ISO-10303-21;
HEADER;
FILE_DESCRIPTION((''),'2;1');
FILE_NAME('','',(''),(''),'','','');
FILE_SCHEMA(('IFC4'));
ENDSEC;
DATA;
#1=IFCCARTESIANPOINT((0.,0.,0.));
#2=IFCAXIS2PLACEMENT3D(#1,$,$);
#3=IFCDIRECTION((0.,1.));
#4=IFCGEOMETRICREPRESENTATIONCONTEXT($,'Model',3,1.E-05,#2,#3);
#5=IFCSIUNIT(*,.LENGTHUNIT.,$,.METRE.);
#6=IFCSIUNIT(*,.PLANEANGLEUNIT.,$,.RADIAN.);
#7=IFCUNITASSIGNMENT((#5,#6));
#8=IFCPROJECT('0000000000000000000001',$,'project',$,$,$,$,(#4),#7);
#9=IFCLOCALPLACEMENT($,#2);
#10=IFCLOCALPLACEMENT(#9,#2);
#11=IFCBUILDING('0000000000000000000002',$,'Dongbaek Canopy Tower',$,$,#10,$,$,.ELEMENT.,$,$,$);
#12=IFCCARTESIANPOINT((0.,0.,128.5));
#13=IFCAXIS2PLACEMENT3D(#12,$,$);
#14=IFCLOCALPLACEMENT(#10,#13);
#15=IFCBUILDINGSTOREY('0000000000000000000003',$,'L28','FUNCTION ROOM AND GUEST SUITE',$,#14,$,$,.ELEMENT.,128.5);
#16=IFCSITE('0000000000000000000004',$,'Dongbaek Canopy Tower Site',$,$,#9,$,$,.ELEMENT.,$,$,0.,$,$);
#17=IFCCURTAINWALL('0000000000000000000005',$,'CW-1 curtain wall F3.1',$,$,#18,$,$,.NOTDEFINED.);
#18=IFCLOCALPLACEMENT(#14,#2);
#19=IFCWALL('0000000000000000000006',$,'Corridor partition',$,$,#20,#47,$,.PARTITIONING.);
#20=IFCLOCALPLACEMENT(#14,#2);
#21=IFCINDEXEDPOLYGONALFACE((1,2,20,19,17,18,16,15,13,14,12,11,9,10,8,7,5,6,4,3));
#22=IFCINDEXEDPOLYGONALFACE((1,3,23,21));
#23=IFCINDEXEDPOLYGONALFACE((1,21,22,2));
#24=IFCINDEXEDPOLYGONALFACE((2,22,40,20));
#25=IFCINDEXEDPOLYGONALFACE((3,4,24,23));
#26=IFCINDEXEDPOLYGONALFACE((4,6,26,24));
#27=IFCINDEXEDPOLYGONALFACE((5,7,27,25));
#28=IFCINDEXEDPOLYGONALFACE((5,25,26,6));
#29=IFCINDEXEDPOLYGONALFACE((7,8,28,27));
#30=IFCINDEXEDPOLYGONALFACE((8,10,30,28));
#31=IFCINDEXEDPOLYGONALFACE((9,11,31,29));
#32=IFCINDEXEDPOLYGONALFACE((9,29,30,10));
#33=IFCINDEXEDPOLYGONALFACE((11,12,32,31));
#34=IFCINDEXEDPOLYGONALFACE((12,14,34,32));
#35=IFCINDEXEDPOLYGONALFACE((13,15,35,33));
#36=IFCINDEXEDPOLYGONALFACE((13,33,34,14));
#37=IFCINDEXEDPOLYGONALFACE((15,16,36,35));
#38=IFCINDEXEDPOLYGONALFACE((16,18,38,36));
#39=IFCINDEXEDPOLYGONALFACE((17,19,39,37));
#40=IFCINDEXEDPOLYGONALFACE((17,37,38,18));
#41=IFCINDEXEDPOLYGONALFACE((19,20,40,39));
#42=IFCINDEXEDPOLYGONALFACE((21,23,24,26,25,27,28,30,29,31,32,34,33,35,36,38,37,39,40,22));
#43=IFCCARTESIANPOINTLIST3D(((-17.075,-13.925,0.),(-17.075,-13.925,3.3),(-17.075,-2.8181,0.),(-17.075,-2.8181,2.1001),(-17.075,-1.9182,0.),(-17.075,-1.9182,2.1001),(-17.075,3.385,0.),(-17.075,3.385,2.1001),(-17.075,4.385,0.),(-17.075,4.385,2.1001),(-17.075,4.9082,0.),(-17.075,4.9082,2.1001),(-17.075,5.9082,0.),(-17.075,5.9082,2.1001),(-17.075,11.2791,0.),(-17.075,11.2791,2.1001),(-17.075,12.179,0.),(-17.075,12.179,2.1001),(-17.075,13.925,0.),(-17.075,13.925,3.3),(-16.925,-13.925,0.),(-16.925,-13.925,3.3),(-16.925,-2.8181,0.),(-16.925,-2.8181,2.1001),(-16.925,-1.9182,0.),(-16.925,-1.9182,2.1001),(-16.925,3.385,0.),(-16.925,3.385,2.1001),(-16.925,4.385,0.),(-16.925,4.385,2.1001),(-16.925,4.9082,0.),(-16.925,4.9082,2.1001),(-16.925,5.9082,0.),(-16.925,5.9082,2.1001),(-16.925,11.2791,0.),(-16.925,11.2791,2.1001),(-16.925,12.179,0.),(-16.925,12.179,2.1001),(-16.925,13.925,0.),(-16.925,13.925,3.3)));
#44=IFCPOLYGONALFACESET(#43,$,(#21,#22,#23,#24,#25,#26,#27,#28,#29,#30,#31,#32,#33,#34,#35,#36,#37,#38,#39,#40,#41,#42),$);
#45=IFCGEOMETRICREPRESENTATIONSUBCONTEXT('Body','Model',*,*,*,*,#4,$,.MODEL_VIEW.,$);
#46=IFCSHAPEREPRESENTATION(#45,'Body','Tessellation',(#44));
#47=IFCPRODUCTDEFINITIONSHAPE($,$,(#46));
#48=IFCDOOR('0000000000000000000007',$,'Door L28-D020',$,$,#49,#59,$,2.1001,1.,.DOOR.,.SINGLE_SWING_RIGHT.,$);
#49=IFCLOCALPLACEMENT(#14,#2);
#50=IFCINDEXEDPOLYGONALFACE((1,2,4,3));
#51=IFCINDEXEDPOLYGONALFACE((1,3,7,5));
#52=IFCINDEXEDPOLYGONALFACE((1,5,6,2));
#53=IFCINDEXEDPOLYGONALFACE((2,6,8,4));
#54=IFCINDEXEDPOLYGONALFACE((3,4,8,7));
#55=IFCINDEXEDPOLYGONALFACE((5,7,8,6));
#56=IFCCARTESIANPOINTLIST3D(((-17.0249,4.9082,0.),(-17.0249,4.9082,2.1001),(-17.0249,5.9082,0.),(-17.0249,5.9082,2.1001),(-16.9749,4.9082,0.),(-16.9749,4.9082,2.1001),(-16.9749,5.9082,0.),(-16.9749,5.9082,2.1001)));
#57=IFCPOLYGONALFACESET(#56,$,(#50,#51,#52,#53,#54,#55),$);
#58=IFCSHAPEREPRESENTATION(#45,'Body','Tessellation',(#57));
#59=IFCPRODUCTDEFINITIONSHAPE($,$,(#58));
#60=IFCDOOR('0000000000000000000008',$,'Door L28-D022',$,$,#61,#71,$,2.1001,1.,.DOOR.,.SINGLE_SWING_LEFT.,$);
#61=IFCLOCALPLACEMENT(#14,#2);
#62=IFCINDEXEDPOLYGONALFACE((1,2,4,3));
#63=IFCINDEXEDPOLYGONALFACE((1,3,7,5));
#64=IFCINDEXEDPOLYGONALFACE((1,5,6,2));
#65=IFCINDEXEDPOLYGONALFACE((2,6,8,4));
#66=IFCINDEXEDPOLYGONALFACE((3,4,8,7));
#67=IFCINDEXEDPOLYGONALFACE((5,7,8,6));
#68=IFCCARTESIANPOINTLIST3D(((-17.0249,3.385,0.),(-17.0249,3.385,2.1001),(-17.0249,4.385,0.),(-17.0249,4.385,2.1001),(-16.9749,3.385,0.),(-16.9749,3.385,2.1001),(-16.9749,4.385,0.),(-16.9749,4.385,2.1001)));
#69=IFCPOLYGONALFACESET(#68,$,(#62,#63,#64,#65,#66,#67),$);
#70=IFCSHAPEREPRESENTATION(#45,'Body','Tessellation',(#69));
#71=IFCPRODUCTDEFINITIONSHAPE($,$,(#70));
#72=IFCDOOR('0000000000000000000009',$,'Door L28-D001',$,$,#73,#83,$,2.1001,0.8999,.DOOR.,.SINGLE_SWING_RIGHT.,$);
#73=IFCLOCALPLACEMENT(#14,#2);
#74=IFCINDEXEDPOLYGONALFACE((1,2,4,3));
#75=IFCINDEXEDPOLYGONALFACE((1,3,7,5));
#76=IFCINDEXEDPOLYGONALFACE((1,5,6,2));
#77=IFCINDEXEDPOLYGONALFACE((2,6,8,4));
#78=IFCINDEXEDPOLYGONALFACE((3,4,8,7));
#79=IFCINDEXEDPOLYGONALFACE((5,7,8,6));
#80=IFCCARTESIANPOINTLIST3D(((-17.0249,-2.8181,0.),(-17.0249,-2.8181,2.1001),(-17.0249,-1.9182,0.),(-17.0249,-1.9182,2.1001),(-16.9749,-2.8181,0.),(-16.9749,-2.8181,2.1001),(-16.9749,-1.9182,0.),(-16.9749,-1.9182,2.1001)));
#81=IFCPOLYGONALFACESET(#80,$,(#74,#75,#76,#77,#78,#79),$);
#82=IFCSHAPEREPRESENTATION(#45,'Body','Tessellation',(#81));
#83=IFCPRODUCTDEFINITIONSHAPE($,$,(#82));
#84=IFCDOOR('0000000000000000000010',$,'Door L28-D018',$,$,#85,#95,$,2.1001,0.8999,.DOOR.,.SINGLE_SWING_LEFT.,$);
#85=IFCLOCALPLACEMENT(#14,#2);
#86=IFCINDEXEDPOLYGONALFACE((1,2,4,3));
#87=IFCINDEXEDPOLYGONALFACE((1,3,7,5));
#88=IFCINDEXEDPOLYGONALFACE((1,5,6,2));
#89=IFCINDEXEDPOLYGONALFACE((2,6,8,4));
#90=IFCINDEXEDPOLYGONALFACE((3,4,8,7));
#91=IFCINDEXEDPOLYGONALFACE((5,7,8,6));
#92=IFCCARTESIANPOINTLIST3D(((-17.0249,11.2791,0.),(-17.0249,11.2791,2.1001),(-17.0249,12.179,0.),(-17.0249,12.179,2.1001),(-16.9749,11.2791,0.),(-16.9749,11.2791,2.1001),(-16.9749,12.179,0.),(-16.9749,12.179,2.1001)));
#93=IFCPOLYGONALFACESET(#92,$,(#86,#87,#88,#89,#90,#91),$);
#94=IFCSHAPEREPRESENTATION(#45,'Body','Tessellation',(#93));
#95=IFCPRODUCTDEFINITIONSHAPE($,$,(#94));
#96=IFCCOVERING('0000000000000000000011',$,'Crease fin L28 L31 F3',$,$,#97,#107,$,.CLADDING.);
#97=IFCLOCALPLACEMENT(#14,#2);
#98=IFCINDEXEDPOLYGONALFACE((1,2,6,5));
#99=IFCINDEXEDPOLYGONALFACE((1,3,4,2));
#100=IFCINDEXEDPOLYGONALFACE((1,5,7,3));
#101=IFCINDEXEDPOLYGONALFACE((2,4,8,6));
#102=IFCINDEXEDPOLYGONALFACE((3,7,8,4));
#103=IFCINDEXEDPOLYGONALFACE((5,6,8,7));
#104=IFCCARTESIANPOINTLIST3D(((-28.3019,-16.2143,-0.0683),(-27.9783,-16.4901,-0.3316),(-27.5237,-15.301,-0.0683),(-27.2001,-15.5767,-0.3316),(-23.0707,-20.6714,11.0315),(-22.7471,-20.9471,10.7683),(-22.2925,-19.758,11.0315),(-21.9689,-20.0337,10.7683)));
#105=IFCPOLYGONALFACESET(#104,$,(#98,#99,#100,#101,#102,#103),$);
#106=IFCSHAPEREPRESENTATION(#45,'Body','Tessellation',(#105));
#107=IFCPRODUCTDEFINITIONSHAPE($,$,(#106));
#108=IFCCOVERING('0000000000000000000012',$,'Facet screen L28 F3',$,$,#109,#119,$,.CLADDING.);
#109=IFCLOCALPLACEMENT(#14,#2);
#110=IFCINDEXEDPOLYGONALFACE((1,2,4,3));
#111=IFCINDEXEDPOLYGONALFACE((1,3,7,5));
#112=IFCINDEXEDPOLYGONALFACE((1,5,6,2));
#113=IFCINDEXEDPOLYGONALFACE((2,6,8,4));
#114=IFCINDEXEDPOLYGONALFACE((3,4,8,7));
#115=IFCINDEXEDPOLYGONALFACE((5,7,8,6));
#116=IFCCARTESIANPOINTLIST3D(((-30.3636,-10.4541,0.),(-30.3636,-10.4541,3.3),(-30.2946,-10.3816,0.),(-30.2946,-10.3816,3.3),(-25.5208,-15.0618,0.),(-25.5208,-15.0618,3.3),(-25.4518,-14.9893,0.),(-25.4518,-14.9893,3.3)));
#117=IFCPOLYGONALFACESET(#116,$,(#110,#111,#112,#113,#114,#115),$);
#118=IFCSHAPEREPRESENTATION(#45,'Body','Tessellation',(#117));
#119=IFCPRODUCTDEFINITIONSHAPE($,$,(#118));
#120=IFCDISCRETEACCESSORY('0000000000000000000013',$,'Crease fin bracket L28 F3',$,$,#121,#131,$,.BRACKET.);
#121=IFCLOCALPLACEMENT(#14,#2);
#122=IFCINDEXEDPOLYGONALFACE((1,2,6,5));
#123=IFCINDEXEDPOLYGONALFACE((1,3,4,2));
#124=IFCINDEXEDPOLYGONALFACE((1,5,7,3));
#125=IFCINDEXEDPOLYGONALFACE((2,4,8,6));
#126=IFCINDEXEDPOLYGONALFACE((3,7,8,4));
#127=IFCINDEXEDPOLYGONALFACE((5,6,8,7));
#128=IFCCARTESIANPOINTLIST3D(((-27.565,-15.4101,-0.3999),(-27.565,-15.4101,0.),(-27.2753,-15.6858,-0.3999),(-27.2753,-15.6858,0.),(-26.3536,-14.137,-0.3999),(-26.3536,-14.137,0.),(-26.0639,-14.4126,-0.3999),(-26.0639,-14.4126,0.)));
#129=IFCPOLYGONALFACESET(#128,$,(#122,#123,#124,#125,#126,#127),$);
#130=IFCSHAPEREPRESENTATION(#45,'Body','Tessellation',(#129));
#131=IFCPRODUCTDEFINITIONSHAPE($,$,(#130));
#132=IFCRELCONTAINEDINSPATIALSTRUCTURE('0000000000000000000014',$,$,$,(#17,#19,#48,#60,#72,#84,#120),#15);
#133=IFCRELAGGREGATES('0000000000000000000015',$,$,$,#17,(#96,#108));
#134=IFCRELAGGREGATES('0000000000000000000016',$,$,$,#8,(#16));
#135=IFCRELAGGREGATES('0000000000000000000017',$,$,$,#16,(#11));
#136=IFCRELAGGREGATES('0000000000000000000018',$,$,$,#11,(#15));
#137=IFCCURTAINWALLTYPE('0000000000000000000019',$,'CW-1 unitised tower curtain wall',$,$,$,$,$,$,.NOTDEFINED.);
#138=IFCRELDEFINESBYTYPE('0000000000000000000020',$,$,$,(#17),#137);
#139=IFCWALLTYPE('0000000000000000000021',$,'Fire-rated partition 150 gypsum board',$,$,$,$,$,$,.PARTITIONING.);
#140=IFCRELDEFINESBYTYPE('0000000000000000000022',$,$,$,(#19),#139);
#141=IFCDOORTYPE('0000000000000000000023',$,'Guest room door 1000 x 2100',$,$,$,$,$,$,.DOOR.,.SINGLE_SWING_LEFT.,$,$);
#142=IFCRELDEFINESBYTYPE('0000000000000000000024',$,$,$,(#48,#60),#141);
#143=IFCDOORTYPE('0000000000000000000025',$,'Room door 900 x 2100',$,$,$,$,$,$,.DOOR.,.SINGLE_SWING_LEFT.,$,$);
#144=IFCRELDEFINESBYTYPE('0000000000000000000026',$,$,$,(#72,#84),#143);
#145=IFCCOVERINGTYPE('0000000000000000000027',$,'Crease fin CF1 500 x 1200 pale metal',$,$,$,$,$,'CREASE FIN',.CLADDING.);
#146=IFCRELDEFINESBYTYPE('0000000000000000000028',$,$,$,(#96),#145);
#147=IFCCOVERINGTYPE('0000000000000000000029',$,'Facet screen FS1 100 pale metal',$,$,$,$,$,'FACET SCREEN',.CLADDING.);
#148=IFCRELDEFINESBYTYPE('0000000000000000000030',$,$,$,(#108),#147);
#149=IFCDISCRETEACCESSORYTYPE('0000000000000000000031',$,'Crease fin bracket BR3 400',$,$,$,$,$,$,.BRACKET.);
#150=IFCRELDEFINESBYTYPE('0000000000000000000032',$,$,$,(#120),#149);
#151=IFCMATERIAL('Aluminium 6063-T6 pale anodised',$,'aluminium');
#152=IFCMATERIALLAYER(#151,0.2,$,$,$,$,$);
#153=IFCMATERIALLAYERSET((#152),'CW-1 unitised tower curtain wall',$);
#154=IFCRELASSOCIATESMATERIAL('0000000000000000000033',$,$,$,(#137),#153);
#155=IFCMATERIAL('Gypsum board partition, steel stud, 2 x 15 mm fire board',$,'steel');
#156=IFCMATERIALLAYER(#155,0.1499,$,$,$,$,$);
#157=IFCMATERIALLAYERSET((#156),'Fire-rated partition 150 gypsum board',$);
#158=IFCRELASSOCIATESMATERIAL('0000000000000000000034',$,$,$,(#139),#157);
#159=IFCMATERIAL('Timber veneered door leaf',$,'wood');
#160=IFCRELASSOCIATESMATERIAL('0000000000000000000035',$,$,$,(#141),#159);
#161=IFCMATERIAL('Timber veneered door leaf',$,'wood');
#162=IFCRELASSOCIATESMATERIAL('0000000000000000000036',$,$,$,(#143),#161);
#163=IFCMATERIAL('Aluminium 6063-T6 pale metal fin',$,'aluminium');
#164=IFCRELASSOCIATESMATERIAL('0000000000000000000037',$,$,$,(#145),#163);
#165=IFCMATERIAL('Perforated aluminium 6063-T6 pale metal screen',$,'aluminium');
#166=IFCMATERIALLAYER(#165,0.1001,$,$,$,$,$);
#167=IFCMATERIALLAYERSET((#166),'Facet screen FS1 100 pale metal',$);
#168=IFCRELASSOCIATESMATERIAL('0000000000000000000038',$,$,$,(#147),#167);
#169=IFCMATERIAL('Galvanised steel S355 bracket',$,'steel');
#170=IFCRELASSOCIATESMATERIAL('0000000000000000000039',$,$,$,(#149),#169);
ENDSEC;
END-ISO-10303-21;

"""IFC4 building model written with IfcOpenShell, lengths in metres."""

from ifc_helpers import new_model, si_unit, direction, frame, frame_2d, origin, origin_2d, place, context, subcontext, project, spatial, rectangle, extrude, material, layer, layer_set, material_profile, profile_set, type_object, element, fill, aggregate, save


model = new_model("IFC4")

# Units and contexts
model_context = context("Model", 3, precision=1e-05, world=origin(), true_north=direction((0.0, 1.0)))
body_context = subcontext(model_context, "Body", "Model", "MODEL_VIEW")
ifc_project = project(units=[si_unit("LENGTHUNIT", "METRE"), si_unit("PLANEANGLEUNIT", "RADIAN")], contexts=[model_context])

# Site, building, storey
site_placement = place(None, origin())
site = spatial("IfcSite", under=ifc_project, at=site_placement, Name="Dongbaek Canopy Tower Site", CompositionType="ELEMENT", RefElevation=0.0)
building_placement = place(site_placement, origin())
building = spatial("IfcBuilding", under=site, at=building_placement, Name="Dongbaek Canopy Tower", CompositionType="ELEMENT")
storey_placement = place(building_placement, frame((0.0, 0.0, 128.5)))
storey = spatial("IfcBuildingStorey", under=building, at=storey_placement, Name="L28", Description="FUNCTION ROOM AND GUEST SUITE", CompositionType="ELEMENT", Elevation=128.5)

# Curtain wall
ifc_material_1 = material(Name="Aluminium 6063-T6 pale anodised", Category="aluminium")
ifc_layer_1 = layer(ifc_material_1, 0.2)
ifc_layer_set_1 = layer_set([ifc_layer_1], Name="CW-1 unitised tower curtain wall")
curtain_wall_type = type_object("IfcCurtainWallType", Name="CW-1 unitised tower curtain wall", PredefinedType="NOTDEFINED", material=ifc_layer_set_1)
curtain_wall_placement = place(storey_placement, origin())
curtain_wall = element("IfcCurtainWall", 1, at=curtain_wall_placement, inside=storey, type_object=curtain_wall_type, Name="CW-1 curtain wall F3.1", PredefinedType="NOTDEFINED")

# Wall, openings, doors
ifc_material_2 = material(Name="Gypsum board partition, steel stud, 2 x 15 mm fire board", Category="steel")
ifc_layer_2 = layer(ifc_material_2, 0.1499)
ifc_layer_set_2 = layer_set([ifc_layer_2], Name="Fire-rated partition 150 gypsum board")
wall_type_1 = type_object("IfcWallType", Name="Fire-rated partition 150 gypsum board", PredefinedType="PARTITIONING", material=ifc_layer_set_2)
wall_1_placement = place(storey_placement, frame((-17.0, -13.925, 0.0), z_axis=(0.0, 0.0, 1.0), x_axis=(0.0, 1.0, 0.0)))
wall_1 = element("IfcWall", 2, at=wall_1_placement, inside=storey, type_object=wall_type_1, Name="Corridor partition", PredefinedType="PARTITIONING", context=body_context, shape_type="SweptSolid", body=[
    extrude(rectangle(XDim=27.8501, YDim=0.1499, at=frame_2d((13.925, 0.0))), origin(), (0.0, 0.0, 1.0), 3.3),
])
opening_1_placement = place(wall_1_placement, frame((11.1069, 0.0, 0.0)))
opening_1 = element("IfcOpeningElement", 3, at=opening_1_placement, cuts=wall_1, PredefinedType="OPENING", context=body_context, shape_type="SweptSolid", body=[
    extrude(rectangle(XDim=0.8999, YDim=2.1001, at=frame_2d((0.45, 1.05))), frame((0.0, 0.085, 0.0), z_axis=(0.0, -1.0, 0.0), x_axis=(1.0, 0.0, 0.0)), (0.0, 0.0, 1.0), 0.1699),
])
opening_2_placement = place(wall_1_placement, frame((25.2041, 0.0, 0.0)))
opening_2 = element("IfcOpeningElement", 4, at=opening_2_placement, cuts=wall_1, PredefinedType="OPENING", context=body_context, shape_type="SweptSolid", body=[
    extrude(rectangle(XDim=0.8999, YDim=2.1001, at=frame_2d((0.45, 1.05))), frame((0.0, 0.085, 0.0), z_axis=(0.0, -1.0, 0.0), x_axis=(1.0, 0.0, 0.0)), (0.0, 0.0, 1.0), 0.1699),
])
opening_3_placement = place(wall_1_placement, frame((18.8333, 0.0, 0.0)))
opening_3 = element("IfcOpeningElement", 5, at=opening_3_placement, cuts=wall_1, PredefinedType="OPENING", context=body_context, shape_type="SweptSolid", body=[
    extrude(rectangle(XDim=1.0, YDim=2.1001, at=frame_2d((0.5, 1.05))), frame((0.0, 0.085, 0.0), z_axis=(0.0, -1.0, 0.0), x_axis=(1.0, 0.0, 0.0)), (0.0, 0.0, 1.0), 0.1699),
])
opening_4_placement = place(wall_1_placement, frame((17.3101, 0.0, 0.0)))
opening_4 = element("IfcOpeningElement", 6, at=opening_4_placement, cuts=wall_1, PredefinedType="OPENING", context=body_context, shape_type="SweptSolid", body=[
    extrude(rectangle(XDim=1.0, YDim=2.1001, at=frame_2d((0.5, 1.05))), frame((0.0, 0.085, 0.0), z_axis=(0.0, -1.0, 0.0), x_axis=(1.0, 0.0, 0.0)), (0.0, 0.0, 1.0), 0.1699),
])
ifc_material_3 = material(Name="Timber veneered door leaf", Category="wood")
door_type_1 = type_object("IfcDoorType", Name="Guest room door 1000 x 2100", OperationType="SINGLE_SWING_LEFT", PredefinedType="DOOR", material=ifc_material_3)
door_1_placement = place(opening_3_placement, origin())
door_1 = element("IfcDoor", 7, at=door_1_placement, inside=storey, type_object=door_type_1, Name="Door L28-D020", OperationType="SINGLE_SWING_RIGHT", OverallHeight=2.1001, OverallWidth=1.0, PredefinedType="DOOR", context=body_context, shape_type="SweptSolid", body=[
    extrude(rectangle(XDim=1.0, YDim=2.1001, at=frame_2d((0.5, 1.05))), frame((0.0, 0.0249, 0.0), z_axis=(0.0, -1.0, 0.0), x_axis=(1.0, 0.0, 0.0)), (0.0, 0.0, 1.0), 0.05),
])
fill(opening_3, door_1)
door_2_placement = place(opening_4_placement, origin())
door_2 = element("IfcDoor", 8, at=door_2_placement, inside=storey, type_object=door_type_1, Name="Door L28-D022", OperationType="SINGLE_SWING_LEFT", OverallHeight=2.1001, OverallWidth=1.0, PredefinedType="DOOR", context=body_context, shape_type="SweptSolid", body=[
    extrude(rectangle(XDim=1.0, YDim=2.1001, at=frame_2d((0.5, 1.05))), frame((0.0, 0.0249, 0.0), z_axis=(0.0, -1.0, 0.0), x_axis=(1.0, 0.0, 0.0)), (0.0, 0.0, 1.0), 0.05),
])
fill(opening_4, door_2)
ifc_material_4 = material(Name="Timber veneered door leaf", Category="wood")
door_type_2 = type_object("IfcDoorType", Name="Room door 900 x 2100", OperationType="SINGLE_SWING_LEFT", PredefinedType="DOOR", material=ifc_material_4)
door_3_placement = place(opening_1_placement, origin())
door_3 = element("IfcDoor", 9, at=door_3_placement, inside=storey, type_object=door_type_2, Name="Door L28-D001", OperationType="SINGLE_SWING_RIGHT", OverallHeight=2.1001, OverallWidth=0.8999, PredefinedType="DOOR", context=body_context, shape_type="SweptSolid", body=[
    extrude(rectangle(XDim=0.8999, YDim=2.1001, at=frame_2d((0.45, 1.05))), frame((0.0, 0.0249, 0.0), z_axis=(0.0, -1.0, 0.0), x_axis=(1.0, 0.0, 0.0)), (0.0, 0.0, 1.0), 0.05),
])
fill(opening_1, door_3)
door_4_placement = place(opening_2_placement, origin())
door_4 = element("IfcDoor", 10, at=door_4_placement, inside=storey, type_object=door_type_2, Name="Door L28-D018", OperationType="SINGLE_SWING_LEFT", OverallHeight=2.1001, OverallWidth=0.8999, PredefinedType="DOOR", context=body_context, shape_type="SweptSolid", body=[
    extrude(rectangle(XDim=0.8999, YDim=2.1001, at=frame_2d((0.45, 1.05))), frame((0.0, 0.0249, 0.0), z_axis=(0.0, -1.0, 0.0), x_axis=(1.0, 0.0, 0.0)), (0.0, 0.0, 1.0), 0.05),
])
fill(opening_2, door_4)

# Coverings
ifc_material_5 = material(Name="Aluminium 6063-T6 pale metal fin", Category="aluminium")
ifc_material_profile_1 = material_profile(ifc_material_5, rectangle(XDim=1.2, YDim=0.5, at=origin_2d()), Name="Crease fin CF1 500 x 1200 pale metal")
ifc_profile_set_1 = profile_set([ifc_material_profile_1], Name="Aluminium 6063-T6 pale metal fin")
covering_type_1 = type_object("IfcCoveringType", Name="Crease fin CF1 500 x 1200 pale metal", ElementType="CREASE FIN", PredefinedType="CLADDING", material=ifc_profile_set_1)
covering_1_placement = place(storey_placement, frame((-27.751, -15.8955, -0.2), z_axis=(0.4007, -0.3414, 0.850227), x_axis=(0.648536, 0.761184, 0.0)))
covering_1 = element("IfcCovering", 11, at=covering_1_placement, type_object=covering_type_1, Name="Crease fin L28 L31 F3", PredefinedType="CLADDING", context=body_context, shape_type="SweptSolid", body=[
    extrude(rectangle(XDim=1.2, YDim=0.5, at=origin_2d()), origin(), (0.0, 0.0, 1.0), 13.0552),
])
ifc_material_6 = material(Name="Perforated aluminium 6063-T6 pale metal screen", Category="aluminium")
ifc_layer_3 = layer(ifc_material_6, 0.1001)
ifc_layer_set_3 = layer_set([ifc_layer_3], Name="Facet screen FS1 100 pale metal")
covering_type_2 = type_object("IfcCoveringType", Name="Facet screen FS1 100 pale metal", ElementType="FACET SCREEN", PredefinedType="CLADDING", material=ifc_layer_set_3)
covering_2_placement = place(storey_placement, frame((-27.9077, -12.7217, 0.0), z_axis=(0.0, 0.0, 1.0), x_axis=(0.724474, -0.689302, 0.0)))
covering_2 = element("IfcCovering", 12, at=covering_2_placement, type_object=covering_type_2, Name="Facet screen L28 F3", PredefinedType="CLADDING", context=body_context, shape_type="SweptSolid", body=[
    extrude(rectangle(XDim=6.6846, YDim=0.1001, at=origin_2d()), origin(), (0.0, 0.0, 1.0), 3.3),
])
aggregate(curtain_wall, [covering_1, covering_2])

# Discrete accessory
ifc_material_7 = material(Name="Galvanised steel S355 bracket", Category="steel")
discrete_accessory_type = type_object("IfcDiscreteAccessoryType", Name="Crease fin bracket BR3 400", PredefinedType="BRACKET", material=ifc_material_7)
discrete_accessory_placement = place(storey_placement, frame((-26.8145, -14.9114, -0.3999), z_axis=(0.0, 0.0, 1.0), x_axis=(-0.689302, -0.724474, 0.0)))
element("IfcDiscreteAccessory", 13, at=discrete_accessory_placement, inside=storey, type_object=discrete_accessory_type, Name="Crease fin bracket L28 F3", PredefinedType="BRACKET", context=body_context, shape_type="SweptSolid", body=[
    extrude(rectangle(XDim=1.7573, YDim=0.3999, at=origin_2d()), origin(), (0.0, 0.0, 1.0), 0.3999),
])

save(model, "model.ifc")
